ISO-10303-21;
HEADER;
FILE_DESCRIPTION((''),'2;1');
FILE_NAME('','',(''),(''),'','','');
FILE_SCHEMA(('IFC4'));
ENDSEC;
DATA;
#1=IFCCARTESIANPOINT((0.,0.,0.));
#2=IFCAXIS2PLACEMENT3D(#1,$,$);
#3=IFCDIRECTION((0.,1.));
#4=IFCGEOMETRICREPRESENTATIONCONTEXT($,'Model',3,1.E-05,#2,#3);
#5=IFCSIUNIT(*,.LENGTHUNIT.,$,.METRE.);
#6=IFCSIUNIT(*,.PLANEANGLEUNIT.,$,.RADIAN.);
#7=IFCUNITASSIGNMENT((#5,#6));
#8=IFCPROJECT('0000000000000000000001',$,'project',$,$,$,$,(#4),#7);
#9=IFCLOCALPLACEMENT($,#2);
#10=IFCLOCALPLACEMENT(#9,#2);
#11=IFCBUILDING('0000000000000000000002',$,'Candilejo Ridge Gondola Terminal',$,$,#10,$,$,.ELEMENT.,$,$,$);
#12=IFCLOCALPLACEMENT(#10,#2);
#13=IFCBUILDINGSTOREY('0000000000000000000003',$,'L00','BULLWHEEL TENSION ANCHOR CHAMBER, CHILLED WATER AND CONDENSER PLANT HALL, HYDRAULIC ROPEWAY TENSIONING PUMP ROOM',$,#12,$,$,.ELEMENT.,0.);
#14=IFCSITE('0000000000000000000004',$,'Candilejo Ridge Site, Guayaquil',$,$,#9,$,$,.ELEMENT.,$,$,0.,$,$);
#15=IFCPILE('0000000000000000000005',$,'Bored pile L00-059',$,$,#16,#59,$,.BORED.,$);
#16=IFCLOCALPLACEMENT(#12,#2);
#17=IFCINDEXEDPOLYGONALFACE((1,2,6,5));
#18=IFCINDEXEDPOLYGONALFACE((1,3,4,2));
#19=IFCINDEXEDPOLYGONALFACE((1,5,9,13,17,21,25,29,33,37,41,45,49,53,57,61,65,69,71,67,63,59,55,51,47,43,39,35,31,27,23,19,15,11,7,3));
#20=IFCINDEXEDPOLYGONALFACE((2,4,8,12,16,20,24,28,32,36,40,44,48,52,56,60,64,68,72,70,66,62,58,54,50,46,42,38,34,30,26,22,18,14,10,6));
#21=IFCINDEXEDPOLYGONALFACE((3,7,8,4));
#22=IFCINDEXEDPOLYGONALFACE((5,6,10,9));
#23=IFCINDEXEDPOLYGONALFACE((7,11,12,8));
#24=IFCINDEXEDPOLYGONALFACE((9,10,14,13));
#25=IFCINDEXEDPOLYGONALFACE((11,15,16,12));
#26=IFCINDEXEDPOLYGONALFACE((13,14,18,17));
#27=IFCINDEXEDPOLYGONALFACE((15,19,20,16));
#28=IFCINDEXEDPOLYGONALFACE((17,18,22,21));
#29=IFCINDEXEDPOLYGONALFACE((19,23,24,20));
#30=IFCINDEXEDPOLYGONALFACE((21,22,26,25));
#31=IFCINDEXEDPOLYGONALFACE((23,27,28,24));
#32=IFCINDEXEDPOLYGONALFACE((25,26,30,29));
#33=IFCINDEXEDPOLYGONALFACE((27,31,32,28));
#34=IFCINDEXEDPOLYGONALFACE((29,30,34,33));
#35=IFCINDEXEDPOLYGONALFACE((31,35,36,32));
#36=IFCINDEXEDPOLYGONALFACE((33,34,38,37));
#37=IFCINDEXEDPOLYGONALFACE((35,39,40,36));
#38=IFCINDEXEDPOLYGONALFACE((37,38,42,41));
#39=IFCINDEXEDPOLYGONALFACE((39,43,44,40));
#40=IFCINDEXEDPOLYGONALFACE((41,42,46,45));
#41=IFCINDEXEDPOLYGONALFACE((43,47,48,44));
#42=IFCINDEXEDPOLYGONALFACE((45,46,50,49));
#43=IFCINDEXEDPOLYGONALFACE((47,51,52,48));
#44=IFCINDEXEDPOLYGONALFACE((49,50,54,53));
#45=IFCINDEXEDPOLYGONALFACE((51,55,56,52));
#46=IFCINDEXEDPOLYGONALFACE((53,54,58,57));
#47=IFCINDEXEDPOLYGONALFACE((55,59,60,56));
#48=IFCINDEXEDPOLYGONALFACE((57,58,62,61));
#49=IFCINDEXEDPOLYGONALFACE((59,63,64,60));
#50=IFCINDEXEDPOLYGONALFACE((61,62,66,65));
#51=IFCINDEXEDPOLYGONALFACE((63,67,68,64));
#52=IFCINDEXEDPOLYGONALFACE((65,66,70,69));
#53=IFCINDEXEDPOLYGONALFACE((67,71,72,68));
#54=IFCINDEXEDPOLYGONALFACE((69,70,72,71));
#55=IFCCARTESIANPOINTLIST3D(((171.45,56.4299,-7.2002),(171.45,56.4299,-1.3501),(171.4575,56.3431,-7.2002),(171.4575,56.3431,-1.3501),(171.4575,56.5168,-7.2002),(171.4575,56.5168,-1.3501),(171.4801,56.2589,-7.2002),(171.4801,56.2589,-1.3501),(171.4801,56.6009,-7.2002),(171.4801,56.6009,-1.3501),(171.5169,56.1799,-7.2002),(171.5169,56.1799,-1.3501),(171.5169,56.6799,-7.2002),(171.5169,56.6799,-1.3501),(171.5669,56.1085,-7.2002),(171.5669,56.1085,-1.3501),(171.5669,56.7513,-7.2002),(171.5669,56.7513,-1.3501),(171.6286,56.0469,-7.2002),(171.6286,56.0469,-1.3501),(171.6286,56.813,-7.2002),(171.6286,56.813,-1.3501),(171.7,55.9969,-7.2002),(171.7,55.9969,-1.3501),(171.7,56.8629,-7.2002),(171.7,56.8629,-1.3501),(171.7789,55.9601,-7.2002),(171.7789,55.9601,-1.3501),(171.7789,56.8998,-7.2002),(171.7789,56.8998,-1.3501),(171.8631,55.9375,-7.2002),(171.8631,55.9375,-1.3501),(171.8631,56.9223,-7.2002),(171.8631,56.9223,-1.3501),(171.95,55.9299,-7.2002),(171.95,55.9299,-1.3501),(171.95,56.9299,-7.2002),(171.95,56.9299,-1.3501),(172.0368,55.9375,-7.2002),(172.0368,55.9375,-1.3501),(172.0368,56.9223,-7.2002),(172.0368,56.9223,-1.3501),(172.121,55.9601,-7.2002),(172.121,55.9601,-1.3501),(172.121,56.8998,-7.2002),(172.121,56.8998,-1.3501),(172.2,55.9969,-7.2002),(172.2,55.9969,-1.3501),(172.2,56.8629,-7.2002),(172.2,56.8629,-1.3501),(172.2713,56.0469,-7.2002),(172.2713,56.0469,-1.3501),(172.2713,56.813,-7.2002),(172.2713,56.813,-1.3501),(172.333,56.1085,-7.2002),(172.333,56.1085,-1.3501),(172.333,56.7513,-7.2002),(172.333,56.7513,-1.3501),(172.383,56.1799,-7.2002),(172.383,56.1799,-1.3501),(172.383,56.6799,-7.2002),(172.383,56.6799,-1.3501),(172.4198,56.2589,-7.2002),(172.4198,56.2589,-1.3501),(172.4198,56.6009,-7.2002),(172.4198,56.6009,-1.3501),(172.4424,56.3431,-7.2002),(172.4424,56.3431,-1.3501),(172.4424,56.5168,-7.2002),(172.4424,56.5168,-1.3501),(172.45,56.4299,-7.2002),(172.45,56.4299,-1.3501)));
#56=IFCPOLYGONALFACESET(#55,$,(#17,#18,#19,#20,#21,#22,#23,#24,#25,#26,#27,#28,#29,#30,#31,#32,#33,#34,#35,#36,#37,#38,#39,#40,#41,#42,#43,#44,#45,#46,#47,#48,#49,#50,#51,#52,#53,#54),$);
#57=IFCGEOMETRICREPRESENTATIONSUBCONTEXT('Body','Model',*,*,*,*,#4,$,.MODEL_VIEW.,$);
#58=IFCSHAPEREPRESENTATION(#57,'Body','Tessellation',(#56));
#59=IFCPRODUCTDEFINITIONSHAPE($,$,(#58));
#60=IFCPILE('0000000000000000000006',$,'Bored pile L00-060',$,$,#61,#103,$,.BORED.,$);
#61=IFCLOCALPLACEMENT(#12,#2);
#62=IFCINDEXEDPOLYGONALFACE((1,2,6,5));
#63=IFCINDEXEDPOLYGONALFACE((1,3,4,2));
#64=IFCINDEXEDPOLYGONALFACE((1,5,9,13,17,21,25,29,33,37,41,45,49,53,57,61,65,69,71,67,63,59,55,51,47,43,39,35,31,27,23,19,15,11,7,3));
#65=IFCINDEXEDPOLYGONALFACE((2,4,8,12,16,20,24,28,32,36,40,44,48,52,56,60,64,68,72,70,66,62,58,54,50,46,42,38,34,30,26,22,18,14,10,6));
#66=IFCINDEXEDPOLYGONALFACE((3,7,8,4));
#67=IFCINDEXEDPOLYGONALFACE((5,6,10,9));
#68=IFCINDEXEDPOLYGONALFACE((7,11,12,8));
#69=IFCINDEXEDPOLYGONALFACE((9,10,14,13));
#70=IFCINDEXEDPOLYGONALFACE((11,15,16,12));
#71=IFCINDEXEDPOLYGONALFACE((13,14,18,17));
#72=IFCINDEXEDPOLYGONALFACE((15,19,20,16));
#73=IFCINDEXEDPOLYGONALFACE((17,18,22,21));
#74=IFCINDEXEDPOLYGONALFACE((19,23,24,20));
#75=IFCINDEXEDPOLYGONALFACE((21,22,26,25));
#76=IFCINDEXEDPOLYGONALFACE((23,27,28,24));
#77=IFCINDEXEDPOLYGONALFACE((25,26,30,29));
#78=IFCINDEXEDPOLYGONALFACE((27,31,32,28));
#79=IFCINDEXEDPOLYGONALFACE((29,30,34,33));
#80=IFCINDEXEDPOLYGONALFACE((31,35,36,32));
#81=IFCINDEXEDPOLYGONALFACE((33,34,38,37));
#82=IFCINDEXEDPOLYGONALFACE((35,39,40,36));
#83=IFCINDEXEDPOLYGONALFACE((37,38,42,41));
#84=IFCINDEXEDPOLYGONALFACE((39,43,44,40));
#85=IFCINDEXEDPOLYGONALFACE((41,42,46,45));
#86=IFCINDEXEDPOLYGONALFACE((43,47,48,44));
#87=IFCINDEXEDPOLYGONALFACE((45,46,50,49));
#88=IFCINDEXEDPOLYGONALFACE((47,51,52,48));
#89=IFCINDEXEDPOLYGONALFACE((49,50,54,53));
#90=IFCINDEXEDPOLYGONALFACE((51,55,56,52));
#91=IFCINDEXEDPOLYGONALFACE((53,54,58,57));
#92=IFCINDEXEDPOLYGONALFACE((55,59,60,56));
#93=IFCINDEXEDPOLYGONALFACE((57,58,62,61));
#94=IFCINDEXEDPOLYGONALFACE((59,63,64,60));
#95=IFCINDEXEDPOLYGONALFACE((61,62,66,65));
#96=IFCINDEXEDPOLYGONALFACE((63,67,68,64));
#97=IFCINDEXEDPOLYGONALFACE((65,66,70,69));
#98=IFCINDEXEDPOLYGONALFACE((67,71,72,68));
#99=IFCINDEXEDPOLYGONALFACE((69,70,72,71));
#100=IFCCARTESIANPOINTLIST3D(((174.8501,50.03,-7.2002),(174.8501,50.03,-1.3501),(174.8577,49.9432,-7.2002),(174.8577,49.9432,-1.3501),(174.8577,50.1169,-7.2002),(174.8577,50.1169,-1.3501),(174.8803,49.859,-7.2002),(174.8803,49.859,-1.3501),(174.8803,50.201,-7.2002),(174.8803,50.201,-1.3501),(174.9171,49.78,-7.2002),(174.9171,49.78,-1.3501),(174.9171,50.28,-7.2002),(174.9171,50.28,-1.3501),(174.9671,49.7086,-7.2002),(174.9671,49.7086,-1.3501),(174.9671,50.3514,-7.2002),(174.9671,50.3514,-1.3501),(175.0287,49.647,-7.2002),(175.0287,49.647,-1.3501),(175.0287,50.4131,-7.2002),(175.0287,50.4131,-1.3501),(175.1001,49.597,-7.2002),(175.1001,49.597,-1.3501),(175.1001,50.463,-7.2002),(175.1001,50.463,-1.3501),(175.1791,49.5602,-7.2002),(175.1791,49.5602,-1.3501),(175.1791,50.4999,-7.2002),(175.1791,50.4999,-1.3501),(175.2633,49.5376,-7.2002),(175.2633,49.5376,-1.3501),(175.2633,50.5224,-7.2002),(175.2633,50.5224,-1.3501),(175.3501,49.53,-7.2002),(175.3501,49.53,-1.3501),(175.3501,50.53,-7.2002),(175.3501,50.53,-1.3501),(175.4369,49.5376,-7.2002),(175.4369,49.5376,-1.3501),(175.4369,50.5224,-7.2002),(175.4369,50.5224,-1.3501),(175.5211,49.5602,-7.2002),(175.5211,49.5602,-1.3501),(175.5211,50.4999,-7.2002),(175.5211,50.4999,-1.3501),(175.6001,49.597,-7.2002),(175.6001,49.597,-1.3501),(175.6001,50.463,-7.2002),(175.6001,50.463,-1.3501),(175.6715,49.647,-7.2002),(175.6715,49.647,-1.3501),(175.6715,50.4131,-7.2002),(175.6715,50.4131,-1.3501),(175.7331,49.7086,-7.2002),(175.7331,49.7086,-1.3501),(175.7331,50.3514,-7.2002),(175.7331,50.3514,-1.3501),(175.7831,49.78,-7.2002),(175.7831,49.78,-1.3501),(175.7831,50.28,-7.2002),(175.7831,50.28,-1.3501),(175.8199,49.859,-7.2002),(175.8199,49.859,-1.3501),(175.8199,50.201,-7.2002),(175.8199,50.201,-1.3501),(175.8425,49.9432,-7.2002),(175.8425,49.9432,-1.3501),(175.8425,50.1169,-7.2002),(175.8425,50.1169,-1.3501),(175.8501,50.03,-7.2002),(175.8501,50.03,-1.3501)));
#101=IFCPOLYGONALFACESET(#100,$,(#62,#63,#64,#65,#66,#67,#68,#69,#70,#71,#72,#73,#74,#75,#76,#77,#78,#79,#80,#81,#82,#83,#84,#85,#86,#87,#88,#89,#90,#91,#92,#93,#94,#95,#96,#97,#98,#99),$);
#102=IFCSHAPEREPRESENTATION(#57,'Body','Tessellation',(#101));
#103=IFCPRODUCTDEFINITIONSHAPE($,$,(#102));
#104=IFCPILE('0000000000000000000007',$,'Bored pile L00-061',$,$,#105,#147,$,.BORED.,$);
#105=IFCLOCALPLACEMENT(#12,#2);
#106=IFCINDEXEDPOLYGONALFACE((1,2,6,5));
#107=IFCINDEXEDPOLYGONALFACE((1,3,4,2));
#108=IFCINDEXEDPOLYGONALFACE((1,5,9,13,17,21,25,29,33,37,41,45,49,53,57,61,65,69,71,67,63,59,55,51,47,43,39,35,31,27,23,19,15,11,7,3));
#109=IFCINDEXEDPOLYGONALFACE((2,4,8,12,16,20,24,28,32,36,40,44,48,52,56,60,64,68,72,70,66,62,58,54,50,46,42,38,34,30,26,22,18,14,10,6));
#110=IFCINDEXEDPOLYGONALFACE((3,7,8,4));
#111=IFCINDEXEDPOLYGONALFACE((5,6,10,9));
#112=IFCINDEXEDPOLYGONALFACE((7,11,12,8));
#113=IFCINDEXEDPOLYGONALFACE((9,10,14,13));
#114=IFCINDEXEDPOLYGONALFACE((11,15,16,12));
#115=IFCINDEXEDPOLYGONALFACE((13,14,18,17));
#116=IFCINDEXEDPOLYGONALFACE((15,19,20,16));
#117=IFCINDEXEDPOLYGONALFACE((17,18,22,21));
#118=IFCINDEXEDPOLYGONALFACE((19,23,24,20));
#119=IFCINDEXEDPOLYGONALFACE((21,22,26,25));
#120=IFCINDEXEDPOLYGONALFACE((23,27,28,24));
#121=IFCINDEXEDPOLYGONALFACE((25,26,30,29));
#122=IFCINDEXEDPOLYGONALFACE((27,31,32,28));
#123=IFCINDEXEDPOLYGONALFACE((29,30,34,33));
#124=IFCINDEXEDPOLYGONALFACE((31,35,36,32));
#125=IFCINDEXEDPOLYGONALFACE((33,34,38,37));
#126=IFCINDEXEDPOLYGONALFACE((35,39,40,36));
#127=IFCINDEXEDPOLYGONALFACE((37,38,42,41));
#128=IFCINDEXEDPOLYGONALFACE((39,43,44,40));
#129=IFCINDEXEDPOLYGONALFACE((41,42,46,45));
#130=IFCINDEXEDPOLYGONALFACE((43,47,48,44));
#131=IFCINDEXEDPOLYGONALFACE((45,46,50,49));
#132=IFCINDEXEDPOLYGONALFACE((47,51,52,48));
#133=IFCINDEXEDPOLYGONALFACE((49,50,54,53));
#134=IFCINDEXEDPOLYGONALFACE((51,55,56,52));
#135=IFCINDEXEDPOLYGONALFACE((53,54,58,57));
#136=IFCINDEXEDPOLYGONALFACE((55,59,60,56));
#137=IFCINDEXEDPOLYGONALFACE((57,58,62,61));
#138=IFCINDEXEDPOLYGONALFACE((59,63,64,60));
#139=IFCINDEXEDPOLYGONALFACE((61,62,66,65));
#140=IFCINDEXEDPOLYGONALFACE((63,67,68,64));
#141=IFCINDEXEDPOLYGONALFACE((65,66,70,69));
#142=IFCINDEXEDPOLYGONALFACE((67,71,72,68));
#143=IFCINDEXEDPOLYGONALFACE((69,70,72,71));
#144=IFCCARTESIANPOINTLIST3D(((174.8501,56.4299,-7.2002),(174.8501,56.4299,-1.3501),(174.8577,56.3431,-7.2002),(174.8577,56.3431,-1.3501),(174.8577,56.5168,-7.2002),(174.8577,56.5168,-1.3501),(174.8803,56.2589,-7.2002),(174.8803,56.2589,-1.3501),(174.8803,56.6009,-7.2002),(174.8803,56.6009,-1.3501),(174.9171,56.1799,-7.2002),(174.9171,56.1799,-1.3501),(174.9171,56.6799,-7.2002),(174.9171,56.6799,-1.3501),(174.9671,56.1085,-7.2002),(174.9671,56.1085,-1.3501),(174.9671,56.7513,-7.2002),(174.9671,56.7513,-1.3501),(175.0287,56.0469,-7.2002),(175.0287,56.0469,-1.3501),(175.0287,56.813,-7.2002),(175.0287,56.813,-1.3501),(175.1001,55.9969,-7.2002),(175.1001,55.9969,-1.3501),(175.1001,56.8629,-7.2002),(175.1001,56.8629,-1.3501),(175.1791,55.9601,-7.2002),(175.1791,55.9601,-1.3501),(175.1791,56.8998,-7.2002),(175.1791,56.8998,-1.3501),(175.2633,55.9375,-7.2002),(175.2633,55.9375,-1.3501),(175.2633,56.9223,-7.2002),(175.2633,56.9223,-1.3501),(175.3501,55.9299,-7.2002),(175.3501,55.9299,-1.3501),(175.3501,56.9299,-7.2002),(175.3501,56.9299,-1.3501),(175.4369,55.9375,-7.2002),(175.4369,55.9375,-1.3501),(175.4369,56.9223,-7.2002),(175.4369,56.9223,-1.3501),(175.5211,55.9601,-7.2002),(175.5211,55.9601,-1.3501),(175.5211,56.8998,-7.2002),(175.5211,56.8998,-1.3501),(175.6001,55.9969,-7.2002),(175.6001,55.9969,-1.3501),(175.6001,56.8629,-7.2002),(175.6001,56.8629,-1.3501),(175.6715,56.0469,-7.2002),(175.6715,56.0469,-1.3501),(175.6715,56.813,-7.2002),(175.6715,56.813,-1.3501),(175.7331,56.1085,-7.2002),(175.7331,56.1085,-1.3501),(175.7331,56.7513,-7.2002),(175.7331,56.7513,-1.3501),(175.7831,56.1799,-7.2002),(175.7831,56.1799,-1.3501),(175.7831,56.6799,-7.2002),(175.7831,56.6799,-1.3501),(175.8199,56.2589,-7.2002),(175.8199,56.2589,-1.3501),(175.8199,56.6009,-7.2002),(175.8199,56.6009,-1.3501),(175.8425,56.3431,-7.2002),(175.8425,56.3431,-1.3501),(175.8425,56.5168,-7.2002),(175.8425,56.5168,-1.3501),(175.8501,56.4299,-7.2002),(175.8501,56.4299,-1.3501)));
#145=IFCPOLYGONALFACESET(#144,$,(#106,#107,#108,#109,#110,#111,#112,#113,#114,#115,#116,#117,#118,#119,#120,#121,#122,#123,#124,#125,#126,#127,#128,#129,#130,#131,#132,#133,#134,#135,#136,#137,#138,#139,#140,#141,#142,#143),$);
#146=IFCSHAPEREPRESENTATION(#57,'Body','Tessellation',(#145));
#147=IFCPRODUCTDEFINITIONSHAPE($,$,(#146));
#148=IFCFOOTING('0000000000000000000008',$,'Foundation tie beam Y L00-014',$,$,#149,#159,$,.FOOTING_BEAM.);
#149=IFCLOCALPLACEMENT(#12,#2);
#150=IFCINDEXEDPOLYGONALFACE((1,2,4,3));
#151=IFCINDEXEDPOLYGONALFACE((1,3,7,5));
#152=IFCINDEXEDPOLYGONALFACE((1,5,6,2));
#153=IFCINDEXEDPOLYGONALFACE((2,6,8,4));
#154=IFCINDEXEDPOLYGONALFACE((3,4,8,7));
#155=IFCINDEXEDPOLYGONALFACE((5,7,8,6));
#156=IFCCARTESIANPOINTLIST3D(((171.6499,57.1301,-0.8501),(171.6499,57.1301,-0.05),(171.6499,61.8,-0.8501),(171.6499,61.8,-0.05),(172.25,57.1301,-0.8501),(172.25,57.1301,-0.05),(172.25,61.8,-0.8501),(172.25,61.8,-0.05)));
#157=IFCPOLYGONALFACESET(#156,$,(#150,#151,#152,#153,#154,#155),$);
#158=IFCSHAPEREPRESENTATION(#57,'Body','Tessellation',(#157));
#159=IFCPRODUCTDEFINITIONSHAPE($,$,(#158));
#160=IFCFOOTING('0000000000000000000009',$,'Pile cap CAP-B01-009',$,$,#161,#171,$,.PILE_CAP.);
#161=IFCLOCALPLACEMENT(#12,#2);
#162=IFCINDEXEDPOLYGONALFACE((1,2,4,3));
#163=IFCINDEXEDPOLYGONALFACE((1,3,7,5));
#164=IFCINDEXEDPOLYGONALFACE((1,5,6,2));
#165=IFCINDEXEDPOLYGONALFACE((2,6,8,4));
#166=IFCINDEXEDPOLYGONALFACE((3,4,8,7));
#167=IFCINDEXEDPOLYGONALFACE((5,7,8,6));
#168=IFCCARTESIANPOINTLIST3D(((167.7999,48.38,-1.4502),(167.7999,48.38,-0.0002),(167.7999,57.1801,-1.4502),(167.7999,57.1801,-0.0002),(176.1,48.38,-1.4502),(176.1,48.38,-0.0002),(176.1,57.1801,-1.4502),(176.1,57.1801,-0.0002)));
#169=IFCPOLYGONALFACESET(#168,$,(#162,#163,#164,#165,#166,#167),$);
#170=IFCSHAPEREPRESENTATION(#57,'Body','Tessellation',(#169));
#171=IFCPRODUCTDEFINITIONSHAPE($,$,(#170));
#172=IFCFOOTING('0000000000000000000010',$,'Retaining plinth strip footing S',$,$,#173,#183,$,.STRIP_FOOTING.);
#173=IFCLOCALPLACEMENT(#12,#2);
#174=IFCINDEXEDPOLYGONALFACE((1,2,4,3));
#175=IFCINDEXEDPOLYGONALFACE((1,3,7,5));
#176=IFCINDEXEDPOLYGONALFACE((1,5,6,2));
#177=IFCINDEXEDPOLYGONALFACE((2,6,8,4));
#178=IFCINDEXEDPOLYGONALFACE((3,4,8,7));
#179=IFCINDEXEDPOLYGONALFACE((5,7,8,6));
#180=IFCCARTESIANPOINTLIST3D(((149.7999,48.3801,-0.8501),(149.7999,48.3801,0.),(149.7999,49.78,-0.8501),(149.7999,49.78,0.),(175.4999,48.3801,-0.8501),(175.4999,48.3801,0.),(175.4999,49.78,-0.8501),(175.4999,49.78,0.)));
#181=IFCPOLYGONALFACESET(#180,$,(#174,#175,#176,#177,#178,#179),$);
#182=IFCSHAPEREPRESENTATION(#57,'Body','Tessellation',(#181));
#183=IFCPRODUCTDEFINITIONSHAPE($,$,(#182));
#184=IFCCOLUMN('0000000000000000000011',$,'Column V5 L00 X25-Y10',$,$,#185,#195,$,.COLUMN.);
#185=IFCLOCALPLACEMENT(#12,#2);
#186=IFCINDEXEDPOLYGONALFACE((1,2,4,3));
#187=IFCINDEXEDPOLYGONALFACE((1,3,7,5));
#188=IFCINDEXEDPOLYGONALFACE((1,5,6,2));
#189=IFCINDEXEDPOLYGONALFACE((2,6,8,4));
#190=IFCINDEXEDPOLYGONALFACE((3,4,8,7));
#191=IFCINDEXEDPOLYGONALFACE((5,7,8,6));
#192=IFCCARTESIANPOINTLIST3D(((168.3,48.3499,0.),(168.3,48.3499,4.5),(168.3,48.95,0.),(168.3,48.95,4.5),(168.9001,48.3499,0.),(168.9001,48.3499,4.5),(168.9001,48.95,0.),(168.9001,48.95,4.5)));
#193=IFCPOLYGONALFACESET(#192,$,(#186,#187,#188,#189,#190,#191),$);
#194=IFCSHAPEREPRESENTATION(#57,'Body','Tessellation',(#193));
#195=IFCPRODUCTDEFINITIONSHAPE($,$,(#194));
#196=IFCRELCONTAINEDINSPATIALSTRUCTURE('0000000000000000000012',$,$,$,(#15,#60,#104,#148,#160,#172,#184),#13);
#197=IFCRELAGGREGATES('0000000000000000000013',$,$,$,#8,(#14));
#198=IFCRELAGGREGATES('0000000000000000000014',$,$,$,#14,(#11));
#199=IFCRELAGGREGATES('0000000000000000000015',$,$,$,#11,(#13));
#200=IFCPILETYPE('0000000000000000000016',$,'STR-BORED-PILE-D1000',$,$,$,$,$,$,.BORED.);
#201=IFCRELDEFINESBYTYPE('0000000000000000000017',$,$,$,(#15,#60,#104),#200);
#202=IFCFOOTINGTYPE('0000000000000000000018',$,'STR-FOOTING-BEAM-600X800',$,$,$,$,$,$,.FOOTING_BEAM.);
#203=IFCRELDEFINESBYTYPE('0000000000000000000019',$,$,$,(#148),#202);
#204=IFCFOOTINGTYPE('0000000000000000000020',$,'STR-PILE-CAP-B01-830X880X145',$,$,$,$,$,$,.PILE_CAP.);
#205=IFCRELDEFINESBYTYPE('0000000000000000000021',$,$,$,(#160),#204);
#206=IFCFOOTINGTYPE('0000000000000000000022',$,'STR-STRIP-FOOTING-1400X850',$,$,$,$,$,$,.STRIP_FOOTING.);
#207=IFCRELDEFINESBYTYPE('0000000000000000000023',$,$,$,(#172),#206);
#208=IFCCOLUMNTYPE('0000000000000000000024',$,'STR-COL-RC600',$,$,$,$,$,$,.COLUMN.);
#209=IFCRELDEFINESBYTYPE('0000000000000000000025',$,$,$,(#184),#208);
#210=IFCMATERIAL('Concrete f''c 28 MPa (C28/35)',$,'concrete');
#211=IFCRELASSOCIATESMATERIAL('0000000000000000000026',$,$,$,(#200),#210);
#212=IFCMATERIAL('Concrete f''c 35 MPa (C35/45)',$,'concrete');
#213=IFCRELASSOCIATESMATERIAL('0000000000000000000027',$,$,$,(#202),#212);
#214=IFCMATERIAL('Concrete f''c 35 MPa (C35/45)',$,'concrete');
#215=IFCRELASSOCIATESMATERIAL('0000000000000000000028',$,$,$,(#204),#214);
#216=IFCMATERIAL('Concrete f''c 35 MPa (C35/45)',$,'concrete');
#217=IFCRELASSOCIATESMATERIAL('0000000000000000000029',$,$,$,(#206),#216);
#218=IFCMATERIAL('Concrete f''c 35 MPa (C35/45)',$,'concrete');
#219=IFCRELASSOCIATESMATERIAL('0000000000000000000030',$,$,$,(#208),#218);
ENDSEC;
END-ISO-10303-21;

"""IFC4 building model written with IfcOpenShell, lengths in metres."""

from ifc_helpers import new_model, si_unit, direction, frame, origin, origin_2d, place, context, subcontext, project, spatial, rectangle, circle, extrude, material, material_profile, profile_set, type_object, element, save


model = new_model("IFC4")

# Units and contexts
model_context = context("Model", 3, precision=1e-05, world=origin(), true_north=direction((0.0, 1.0)))
body_context = subcontext(model_context, "Body", "Model", "MODEL_VIEW")
ifc_project = project(units=[si_unit("LENGTHUNIT", "METRE"), si_unit("PLANEANGLEUNIT", "RADIAN")], contexts=[model_context])

# Site, building, storey
site_placement = place(None, origin())
site = spatial("IfcSite", under=ifc_project, at=site_placement, Name="Candilejo Ridge Site, Guayaquil", CompositionType="ELEMENT", RefElevation=0.0)
building_placement = place(site_placement, origin())
building = spatial("IfcBuilding", under=site, at=building_placement, Name="Candilejo Ridge Gondola Terminal", CompositionType="ELEMENT")
storey_placement = place(building_placement, origin())
storey = spatial("IfcBuildingStorey", under=building, at=storey_placement, Name="L00", Description="BULLWHEEL TENSION ANCHOR CHAMBER, CHILLED WATER AND CONDENSER PLANT HALL, HYDRAULIC ROPEWAY TENSIONING PUMP ROOM", CompositionType="ELEMENT", Elevation=0.0)

# Piles
ifc_material_1 = material(Name="Concrete f'c 28 MPa (C28/35)", Category="concrete")
ifc_material_profile_1 = material_profile(ifc_material_1, circle(Radius=0.5, at=origin_2d()))
ifc_profile_set_1 = profile_set([ifc_material_profile_1], Name="Concrete f'c 28 MPa (C28/35)")
pile_type = type_object("IfcPileType", Name="STR-BORED-PILE-D1000", PredefinedType="BORED", material=ifc_profile_set_1)
for number, where, z_axis, x_axis, name in (
    (1, (171.95, 56.4299, -1.3501), (0.0, 0.0, -1.0), (1.0, 0.0, 0.0), "Bored pile L00-059"),
    (2, (175.3501, 50.03, -1.3501), (0.0, 0.0, -1.0), (1.0, 0.0, 0.0), "Bored pile L00-060"),
    (3, (175.3501, 56.4299, -1.3501), (0.0, 0.0, -1.0), (1.0, 0.0, 0.0), "Bored pile L00-061"),
):
    element("IfcPile", number, at=place(storey_placement, frame(where, z_axis=z_axis, x_axis=x_axis)), inside=storey, type_object=pile_type, Name=name, PredefinedType="BORED", context=body_context, shape_type="SweptSolid", body=[
        extrude(circle(Radius=0.5, at=origin_2d()), origin(), (0.0, 0.0, 1.0), 5.8501),
    ])

# Footings
ifc_material_2 = material(Name="Concrete f'c 35 MPa (C35/45)", Category="concrete")
footing_type_1 = type_object("IfcFootingType", Name="STR-FOOTING-BEAM-600X800", PredefinedType="FOOTING_BEAM", material=ifc_material_2)
footing_1_placement = place(storey_placement, frame((171.95, 59.4651, -0.8501), z_axis=(0.0, 0.0, 1.0), x_axis=(1.0, 0.0, 0.0)))
element("IfcFooting", 4, at=footing_1_placement, inside=storey, type_object=footing_type_1, Name="Foundation tie beam Y L00-014", PredefinedType="FOOTING_BEAM", context=body_context, shape_type="SweptSolid", body=[
    extrude(rectangle(XDim=0.6001, YDim=4.6699, at=origin_2d()), origin(), (0.0, 0.0, 1.0), 0.8),
])
ifc_material_3 = material(Name="Concrete f'c 35 MPa (C35/45)", Category="concrete")
footing_type_2 = type_object("IfcFootingType", Name="STR-PILE-CAP-B01-830X880X145", PredefinedType="PILE_CAP", material=ifc_material_3)
footing_2_placement = place(storey_placement, frame((171.95, 52.78, -1.4502), z_axis=(0.0, 0.0, 1.0), x_axis=(1.0, 0.0, 0.0)))
element("IfcFooting", 5, at=footing_2_placement, inside=storey, type_object=footing_type_2, Name="Pile cap CAP-B01-009", PredefinedType="PILE_CAP", context=body_context, shape_type="SweptSolid", body=[
    extrude(rectangle(XDim=8.3, YDim=8.8, at=origin_2d()), origin(), (0.0, 0.0, 1.0), 1.45),
])
ifc_material_4 = material(Name="Concrete f'c 35 MPa (C35/45)", Category="concrete")
footing_type_3 = type_object("IfcFootingType", Name="STR-STRIP-FOOTING-1400X850", PredefinedType="STRIP_FOOTING", material=ifc_material_4)
footing_3_placement = place(storey_placement, frame((162.6499, 49.0801, -0.8501), z_axis=(0.0, 0.0, 1.0), x_axis=(1.0, 0.0, 0.0)))
element("IfcFooting", 6, at=footing_3_placement, inside=storey, type_object=footing_type_3, Name="Retaining plinth strip footing S", PredefinedType="STRIP_FOOTING", context=body_context, shape_type="SweptSolid", body=[
    extrude(rectangle(XDim=25.7, YDim=1.3999, at=origin_2d()), origin(), (0.0, 0.0, 1.0), 0.8501),
])

# Column
ifc_material_5 = material(Name="Concrete f'c 35 MPa (C35/45)", Category="concrete")
ifc_material_profile_2 = material_profile(ifc_material_5, rectangle(XDim=0.6001, YDim=0.6001, at=origin_2d()))
ifc_profile_set_2 = profile_set([ifc_material_profile_2], Name="Concrete f'c 35 MPa (C35/45)")
column_type_1 = type_object("IfcColumnType", Name="STR-COL-RC600", PredefinedType="COLUMN", material=ifc_profile_set_2)
for number, where, z_axis, x_axis, name in (
    (7, (168.6001, 48.6499, 0.0), (0.0, 0.0, 1.0), (1.0, 0.0, 0.0), "Column V5 L00 X25-Y10"),
):
    element("IfcColumn", number, at=place(storey_placement, frame(where, z_axis=z_axis, x_axis=x_axis)), inside=storey, type_object=column_type_1, Name=name, PredefinedType="COLUMN", context=body_context, shape_type="SweptSolid", body=[
        extrude(rectangle(XDim=0.6001, YDim=0.6001, at=origin_2d()), origin(), (0.0, 0.0, 1.0), 4.5),
    ])

save(model, "model.ifc")
